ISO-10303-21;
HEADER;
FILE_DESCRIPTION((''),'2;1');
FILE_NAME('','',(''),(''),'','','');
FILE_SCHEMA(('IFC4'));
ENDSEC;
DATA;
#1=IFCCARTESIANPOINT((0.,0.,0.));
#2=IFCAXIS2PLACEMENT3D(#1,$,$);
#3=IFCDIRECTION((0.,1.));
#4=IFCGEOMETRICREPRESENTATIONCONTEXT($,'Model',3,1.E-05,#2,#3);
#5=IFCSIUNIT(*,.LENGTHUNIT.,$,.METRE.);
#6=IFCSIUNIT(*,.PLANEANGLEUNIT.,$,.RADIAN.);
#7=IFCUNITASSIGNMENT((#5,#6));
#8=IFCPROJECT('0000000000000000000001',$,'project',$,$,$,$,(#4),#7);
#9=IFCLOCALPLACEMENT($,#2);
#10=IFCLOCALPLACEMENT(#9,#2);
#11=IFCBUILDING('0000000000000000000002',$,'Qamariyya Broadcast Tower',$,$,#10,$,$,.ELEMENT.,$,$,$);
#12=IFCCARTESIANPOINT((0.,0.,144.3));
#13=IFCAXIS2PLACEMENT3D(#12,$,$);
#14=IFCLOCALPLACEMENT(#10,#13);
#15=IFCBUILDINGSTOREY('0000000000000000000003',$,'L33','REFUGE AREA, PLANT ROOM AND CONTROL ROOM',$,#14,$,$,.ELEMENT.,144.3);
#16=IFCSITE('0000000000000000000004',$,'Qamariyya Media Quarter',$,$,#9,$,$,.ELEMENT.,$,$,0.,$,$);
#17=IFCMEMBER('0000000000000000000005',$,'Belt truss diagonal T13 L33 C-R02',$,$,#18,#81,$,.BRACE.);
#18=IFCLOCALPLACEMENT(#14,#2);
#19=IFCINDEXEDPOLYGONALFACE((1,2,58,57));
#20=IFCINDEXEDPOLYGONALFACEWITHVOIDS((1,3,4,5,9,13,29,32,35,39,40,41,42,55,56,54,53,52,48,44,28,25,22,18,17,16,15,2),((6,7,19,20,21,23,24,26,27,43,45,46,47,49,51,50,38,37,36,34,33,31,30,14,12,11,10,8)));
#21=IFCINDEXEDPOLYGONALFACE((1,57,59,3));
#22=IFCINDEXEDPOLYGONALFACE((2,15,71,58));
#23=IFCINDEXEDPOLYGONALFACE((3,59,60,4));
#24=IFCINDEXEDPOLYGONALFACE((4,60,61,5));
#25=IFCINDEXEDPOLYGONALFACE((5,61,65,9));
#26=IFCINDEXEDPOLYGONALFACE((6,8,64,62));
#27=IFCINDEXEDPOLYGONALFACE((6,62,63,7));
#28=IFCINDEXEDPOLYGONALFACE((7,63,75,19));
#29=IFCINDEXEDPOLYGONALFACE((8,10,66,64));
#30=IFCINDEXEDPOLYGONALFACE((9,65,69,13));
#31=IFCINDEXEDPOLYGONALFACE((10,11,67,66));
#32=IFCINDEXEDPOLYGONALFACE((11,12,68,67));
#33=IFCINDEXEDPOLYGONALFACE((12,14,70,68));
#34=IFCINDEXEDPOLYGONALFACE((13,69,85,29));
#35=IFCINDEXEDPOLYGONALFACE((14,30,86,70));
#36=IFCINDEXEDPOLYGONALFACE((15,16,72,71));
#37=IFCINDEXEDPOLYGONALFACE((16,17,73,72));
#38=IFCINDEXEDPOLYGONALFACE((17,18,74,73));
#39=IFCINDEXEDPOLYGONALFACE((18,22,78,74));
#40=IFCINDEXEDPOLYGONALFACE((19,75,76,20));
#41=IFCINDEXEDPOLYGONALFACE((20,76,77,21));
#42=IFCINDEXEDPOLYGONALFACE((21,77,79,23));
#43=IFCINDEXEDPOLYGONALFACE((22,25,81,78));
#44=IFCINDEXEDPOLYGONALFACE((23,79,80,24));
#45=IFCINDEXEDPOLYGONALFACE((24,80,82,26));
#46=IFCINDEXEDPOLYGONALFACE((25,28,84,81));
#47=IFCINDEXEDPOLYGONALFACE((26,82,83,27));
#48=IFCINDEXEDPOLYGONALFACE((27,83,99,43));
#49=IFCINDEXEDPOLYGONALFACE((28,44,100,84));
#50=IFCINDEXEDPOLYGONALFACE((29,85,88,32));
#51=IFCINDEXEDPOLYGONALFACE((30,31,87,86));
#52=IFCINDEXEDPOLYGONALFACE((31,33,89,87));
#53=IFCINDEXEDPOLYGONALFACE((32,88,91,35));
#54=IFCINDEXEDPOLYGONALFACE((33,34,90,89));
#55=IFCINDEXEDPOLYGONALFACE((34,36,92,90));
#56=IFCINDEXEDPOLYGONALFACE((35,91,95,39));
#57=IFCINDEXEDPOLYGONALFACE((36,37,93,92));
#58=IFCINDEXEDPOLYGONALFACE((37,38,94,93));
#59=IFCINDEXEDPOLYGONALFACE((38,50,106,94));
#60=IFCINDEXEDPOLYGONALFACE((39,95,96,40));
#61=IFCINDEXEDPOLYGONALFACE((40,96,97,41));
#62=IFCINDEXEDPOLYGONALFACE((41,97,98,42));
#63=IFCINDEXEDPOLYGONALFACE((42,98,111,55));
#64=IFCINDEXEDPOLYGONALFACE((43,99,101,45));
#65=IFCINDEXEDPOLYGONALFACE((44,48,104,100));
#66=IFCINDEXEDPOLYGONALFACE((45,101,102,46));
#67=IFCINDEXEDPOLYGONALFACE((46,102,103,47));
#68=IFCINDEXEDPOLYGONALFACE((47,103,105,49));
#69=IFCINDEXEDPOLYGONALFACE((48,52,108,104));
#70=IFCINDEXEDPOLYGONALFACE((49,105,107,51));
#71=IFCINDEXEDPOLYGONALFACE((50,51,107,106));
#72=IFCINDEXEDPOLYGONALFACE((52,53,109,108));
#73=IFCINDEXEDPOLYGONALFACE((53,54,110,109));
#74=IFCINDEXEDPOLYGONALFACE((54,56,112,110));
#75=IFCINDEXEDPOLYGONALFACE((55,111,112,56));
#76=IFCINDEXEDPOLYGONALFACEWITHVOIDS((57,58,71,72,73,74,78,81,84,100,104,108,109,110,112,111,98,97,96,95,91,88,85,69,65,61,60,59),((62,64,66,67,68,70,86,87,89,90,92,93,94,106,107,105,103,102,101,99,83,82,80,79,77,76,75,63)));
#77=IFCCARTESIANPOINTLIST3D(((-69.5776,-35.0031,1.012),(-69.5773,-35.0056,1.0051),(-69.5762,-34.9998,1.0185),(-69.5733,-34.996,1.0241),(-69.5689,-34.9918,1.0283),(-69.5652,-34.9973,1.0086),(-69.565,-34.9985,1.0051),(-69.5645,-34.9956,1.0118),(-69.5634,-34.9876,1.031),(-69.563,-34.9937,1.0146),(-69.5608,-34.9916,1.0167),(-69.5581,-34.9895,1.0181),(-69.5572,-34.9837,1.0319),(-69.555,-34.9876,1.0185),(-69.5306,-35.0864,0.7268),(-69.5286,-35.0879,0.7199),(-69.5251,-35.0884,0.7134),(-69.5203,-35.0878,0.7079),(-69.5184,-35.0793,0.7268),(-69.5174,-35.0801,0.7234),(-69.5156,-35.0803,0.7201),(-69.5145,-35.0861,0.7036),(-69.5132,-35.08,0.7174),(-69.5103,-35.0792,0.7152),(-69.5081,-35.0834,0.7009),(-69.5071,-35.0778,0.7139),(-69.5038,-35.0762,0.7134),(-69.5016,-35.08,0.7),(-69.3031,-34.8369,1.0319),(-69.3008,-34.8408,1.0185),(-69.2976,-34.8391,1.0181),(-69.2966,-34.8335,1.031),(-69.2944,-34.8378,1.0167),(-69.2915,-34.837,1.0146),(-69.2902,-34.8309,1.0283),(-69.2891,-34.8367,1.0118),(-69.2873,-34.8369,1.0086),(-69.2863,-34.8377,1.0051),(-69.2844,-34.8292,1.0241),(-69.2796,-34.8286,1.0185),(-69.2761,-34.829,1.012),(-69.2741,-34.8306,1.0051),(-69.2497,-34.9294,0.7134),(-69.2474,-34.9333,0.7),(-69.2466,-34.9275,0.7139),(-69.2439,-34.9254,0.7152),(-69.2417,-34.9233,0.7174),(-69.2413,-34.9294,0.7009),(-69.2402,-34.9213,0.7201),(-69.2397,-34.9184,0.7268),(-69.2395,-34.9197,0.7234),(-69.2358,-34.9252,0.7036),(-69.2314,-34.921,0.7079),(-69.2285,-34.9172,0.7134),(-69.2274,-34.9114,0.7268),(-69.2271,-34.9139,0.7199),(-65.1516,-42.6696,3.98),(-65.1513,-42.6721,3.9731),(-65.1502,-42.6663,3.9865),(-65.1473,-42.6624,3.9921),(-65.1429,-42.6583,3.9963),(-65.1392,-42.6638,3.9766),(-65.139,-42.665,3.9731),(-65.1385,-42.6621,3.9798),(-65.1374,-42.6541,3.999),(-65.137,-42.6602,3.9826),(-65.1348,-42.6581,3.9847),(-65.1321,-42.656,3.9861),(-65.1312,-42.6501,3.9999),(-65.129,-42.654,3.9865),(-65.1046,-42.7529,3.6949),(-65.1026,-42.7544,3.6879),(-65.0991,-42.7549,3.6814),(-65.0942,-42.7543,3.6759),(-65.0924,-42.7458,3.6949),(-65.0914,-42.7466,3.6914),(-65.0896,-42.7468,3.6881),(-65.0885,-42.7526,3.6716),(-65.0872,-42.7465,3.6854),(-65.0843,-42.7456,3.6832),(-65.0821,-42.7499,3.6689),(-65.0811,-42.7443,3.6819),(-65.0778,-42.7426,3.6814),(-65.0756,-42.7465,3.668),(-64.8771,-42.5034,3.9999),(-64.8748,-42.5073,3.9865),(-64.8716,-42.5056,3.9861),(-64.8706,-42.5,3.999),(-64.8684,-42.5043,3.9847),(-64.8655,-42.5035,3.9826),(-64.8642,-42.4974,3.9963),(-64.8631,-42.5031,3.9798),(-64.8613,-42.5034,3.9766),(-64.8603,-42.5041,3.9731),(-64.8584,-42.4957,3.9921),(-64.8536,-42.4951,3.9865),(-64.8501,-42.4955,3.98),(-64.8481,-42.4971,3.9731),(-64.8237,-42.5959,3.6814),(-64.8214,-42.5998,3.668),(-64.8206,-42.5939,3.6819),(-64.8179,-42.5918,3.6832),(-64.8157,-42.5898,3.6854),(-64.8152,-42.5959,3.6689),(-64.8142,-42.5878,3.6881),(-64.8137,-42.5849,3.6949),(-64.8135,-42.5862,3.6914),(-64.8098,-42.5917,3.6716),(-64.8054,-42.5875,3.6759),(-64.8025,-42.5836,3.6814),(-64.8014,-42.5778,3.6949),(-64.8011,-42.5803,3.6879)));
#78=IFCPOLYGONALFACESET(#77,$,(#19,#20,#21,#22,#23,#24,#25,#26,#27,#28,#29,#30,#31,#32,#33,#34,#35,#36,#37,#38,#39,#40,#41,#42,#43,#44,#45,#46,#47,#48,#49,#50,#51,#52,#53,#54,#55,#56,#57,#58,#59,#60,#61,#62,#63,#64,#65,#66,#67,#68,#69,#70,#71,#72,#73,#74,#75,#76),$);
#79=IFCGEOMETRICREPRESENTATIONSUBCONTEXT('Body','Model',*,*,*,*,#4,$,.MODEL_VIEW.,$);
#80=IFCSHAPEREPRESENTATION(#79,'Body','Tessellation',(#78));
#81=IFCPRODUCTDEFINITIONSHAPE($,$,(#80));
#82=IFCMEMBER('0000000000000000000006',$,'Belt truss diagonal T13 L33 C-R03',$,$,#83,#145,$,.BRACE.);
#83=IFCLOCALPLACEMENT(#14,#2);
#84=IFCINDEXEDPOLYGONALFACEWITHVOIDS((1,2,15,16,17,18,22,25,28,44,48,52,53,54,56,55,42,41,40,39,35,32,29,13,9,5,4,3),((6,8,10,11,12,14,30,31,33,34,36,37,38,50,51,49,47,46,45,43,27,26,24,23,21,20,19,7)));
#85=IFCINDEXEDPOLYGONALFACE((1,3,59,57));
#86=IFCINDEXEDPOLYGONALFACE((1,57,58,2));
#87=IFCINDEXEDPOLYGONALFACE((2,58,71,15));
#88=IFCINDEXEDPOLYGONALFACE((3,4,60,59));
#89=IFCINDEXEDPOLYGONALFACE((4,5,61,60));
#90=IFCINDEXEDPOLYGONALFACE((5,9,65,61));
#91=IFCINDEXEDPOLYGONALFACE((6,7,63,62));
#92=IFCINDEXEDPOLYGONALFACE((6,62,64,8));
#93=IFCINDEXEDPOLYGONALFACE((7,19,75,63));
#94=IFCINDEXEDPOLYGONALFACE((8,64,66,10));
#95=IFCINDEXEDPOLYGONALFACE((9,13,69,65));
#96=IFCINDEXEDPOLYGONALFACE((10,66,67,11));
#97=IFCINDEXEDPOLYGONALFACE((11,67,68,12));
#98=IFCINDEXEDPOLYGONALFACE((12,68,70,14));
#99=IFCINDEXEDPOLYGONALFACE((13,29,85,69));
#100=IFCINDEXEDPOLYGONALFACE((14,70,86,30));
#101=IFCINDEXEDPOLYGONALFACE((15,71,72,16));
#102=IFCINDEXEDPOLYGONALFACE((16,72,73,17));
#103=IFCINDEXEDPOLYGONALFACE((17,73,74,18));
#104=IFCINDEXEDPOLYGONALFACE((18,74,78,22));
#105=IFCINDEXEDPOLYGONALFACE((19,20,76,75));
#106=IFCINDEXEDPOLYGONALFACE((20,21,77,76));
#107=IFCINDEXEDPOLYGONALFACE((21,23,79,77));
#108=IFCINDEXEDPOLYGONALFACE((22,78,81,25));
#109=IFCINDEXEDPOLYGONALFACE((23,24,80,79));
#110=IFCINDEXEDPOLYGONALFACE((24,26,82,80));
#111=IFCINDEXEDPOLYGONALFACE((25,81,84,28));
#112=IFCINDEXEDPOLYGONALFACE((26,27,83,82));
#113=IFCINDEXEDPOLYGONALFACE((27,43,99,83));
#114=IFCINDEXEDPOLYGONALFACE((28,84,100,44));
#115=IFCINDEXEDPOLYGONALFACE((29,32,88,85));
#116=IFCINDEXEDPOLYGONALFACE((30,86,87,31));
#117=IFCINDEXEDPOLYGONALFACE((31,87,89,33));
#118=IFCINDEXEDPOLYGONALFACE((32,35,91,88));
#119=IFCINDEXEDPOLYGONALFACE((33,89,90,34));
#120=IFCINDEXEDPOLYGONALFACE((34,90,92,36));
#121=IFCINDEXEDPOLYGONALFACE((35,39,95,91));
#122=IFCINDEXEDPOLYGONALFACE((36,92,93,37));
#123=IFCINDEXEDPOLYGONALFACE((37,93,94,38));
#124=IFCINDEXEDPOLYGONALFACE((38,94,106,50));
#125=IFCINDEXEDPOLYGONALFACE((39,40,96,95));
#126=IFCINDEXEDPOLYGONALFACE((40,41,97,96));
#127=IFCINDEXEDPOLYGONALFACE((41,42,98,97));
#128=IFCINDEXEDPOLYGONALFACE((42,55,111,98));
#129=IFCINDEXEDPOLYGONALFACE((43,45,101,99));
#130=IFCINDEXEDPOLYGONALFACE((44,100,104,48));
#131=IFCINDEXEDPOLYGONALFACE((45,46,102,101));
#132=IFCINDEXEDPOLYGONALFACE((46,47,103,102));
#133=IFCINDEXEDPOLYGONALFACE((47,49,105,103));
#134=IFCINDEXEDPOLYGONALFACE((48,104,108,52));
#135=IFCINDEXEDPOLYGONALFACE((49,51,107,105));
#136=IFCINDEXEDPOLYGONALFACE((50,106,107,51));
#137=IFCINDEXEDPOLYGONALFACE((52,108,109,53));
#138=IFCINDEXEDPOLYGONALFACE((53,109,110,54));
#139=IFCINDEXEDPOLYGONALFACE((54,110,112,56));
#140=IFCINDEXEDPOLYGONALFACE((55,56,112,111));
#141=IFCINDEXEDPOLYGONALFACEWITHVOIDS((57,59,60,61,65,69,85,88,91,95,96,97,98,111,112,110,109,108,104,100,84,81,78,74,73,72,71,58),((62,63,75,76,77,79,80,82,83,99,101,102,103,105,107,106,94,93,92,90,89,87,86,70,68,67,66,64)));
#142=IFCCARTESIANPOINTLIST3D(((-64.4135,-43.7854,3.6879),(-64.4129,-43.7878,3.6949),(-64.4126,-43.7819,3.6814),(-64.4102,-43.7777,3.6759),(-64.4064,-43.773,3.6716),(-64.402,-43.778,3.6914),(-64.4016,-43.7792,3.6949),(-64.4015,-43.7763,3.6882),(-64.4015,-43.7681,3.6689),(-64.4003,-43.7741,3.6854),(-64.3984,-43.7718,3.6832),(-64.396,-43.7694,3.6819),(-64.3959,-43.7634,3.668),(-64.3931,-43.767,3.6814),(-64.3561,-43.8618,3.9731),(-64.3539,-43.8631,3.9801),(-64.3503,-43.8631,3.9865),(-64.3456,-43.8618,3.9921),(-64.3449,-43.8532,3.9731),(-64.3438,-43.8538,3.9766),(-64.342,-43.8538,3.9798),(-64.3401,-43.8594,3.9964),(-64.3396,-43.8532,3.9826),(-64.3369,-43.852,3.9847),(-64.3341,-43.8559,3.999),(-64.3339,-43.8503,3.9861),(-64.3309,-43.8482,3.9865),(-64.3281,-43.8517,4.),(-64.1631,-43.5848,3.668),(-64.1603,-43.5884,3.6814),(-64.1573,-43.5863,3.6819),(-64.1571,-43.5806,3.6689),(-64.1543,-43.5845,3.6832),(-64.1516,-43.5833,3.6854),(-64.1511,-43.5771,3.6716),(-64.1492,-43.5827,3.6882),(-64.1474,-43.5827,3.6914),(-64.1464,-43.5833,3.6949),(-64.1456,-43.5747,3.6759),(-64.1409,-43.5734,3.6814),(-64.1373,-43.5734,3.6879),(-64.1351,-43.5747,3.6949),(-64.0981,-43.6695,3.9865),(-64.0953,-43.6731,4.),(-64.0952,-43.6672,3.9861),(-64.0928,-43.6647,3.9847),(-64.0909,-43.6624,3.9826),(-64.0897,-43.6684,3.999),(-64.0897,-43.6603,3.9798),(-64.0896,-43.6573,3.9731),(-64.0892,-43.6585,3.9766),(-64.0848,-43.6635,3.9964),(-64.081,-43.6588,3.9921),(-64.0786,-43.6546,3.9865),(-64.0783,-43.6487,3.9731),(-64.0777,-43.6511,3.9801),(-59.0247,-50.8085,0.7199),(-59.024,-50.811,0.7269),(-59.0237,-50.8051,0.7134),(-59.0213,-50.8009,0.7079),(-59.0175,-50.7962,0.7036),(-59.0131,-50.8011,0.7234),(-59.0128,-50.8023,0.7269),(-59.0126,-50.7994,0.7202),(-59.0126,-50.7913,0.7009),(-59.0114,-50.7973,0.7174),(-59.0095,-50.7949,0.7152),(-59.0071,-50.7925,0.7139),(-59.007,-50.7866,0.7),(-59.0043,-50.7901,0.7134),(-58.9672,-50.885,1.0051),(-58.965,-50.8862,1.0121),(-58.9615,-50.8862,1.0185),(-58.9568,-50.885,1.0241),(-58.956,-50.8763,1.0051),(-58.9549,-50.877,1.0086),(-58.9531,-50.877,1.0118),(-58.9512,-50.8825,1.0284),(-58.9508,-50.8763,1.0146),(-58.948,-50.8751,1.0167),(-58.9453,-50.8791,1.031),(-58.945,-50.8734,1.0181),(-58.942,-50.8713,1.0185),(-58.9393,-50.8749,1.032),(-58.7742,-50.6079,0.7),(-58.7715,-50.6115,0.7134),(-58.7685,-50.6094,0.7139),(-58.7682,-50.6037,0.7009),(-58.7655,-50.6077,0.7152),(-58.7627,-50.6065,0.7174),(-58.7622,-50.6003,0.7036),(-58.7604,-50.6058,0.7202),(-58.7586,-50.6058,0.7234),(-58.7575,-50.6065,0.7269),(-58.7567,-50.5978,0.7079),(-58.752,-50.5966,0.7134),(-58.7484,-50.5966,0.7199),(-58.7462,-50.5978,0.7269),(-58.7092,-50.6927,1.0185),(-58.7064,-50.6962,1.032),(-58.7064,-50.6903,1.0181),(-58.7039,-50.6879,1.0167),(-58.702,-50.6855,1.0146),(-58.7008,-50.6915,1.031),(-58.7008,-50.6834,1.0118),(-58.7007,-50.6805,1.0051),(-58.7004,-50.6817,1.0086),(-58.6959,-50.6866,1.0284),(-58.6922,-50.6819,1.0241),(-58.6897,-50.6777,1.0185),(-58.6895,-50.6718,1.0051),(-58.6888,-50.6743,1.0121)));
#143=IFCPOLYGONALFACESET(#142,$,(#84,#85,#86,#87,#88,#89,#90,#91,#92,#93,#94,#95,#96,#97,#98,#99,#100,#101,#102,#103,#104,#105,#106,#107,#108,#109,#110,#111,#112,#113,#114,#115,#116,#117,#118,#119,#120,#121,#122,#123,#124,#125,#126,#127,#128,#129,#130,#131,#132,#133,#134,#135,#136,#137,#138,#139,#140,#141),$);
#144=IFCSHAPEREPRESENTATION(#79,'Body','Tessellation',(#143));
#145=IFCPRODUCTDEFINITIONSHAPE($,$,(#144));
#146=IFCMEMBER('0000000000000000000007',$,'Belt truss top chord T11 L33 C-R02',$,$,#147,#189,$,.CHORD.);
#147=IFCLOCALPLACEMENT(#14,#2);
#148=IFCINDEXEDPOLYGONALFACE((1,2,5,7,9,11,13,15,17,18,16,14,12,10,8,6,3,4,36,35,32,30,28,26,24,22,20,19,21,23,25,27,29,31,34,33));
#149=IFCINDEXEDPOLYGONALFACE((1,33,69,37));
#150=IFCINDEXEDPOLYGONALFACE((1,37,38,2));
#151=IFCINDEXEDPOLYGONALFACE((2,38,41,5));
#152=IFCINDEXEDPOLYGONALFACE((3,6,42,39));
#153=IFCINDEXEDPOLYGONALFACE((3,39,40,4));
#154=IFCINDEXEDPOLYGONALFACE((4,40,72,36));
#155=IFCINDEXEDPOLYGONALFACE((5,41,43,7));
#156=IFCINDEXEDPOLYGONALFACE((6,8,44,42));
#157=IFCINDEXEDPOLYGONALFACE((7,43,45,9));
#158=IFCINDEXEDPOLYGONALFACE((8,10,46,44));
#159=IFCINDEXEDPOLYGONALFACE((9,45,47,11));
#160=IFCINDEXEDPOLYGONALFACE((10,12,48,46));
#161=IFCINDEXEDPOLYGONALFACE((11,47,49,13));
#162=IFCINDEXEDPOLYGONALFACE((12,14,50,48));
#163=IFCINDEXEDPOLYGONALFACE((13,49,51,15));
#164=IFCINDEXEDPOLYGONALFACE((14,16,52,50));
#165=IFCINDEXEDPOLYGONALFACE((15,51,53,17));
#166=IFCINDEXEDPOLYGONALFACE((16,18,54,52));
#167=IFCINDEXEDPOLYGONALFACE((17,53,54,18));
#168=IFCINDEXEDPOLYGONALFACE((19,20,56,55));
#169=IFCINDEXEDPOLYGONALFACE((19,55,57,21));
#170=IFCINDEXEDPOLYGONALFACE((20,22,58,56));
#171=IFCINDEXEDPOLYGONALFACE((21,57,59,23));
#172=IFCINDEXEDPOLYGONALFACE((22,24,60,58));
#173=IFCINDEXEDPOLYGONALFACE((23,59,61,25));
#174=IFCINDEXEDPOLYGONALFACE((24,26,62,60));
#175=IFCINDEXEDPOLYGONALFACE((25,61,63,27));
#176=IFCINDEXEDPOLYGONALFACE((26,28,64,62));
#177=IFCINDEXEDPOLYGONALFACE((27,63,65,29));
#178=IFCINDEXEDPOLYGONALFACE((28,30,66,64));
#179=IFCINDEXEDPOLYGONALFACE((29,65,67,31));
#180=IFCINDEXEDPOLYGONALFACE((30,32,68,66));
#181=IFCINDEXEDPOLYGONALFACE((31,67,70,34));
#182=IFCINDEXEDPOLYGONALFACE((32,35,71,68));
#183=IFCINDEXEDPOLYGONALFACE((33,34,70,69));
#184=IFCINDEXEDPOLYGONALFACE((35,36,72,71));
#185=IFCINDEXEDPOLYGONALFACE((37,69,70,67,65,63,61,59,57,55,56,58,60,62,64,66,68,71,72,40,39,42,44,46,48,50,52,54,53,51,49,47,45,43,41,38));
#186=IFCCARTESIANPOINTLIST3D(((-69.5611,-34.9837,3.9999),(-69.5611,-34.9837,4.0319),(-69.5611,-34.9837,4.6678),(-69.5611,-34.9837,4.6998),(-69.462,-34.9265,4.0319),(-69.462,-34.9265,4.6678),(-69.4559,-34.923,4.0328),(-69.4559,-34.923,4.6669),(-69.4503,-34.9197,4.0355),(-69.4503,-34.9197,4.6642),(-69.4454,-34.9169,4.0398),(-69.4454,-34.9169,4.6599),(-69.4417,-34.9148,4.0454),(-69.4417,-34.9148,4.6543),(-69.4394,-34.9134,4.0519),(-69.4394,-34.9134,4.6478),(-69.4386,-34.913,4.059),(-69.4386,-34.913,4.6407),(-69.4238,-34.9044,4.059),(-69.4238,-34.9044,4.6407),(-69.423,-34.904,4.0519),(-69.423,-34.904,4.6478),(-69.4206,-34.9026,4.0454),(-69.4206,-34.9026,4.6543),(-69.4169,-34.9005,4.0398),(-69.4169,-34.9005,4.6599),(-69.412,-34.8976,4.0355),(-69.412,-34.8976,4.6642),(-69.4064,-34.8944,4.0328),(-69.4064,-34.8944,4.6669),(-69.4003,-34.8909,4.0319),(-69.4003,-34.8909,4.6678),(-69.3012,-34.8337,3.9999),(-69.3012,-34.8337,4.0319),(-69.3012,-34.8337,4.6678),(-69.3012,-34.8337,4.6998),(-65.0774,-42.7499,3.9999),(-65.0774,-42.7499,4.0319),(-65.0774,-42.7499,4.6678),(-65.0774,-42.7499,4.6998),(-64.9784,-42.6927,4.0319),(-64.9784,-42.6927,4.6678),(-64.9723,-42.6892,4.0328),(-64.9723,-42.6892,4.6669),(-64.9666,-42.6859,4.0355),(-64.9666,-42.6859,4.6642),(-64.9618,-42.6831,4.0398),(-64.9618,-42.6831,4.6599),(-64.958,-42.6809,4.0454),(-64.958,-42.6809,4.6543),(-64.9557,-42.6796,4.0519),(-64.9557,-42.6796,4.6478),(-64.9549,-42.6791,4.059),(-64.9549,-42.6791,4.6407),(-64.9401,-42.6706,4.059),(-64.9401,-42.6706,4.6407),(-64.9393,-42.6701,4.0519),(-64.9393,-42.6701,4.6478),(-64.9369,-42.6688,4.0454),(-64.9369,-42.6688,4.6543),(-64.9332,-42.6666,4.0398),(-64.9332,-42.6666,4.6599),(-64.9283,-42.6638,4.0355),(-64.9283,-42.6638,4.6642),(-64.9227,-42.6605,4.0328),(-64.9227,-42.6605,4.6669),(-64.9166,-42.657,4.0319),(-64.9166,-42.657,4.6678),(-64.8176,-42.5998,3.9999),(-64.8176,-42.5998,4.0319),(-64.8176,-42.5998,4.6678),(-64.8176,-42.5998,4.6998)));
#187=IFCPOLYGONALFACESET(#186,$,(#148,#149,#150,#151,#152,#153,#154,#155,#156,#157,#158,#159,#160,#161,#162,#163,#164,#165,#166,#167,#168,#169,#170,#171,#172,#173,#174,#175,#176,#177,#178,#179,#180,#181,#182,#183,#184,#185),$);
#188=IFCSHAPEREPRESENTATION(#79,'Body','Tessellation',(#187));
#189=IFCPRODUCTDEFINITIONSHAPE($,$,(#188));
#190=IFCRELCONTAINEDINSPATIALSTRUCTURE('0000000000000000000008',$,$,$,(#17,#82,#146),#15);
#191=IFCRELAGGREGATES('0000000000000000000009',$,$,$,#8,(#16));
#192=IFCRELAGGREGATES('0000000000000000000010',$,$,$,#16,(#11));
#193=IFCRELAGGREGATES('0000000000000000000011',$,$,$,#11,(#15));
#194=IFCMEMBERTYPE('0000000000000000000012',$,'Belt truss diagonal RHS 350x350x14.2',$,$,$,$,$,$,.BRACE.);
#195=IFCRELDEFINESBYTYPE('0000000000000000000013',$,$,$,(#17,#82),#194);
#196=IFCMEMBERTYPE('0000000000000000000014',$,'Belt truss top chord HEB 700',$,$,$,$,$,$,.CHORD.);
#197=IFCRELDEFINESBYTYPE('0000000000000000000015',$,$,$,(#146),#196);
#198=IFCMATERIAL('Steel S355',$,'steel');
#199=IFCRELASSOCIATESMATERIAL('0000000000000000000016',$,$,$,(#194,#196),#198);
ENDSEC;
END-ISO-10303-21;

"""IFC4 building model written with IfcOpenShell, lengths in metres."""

from ifc_helpers import new_model, si_unit, direction, frame, origin, origin_2d, place, context, subcontext, project, spatial, hollow_rectangle, i_section, extrude, material, material_profile, profile_set, type_object, element, save


model = new_model("IFC4")

# Units and contexts
model_context = context("Model", 3, precision=1e-05, world=origin(), true_north=direction((0.0, 1.0)))
body_context = subcontext(model_context, "Body", "Model", "MODEL_VIEW")
ifc_project = project(units=[si_unit("LENGTHUNIT", "METRE"), si_unit("PLANEANGLEUNIT", "RADIAN")], contexts=[model_context])

# Site, building, storey
site_placement = place(None, origin())
site = spatial("IfcSite", under=ifc_project, at=site_placement, Name="Qamariyya Media Quarter", CompositionType="ELEMENT", RefElevation=0.0)
building_placement = place(site_placement, origin())
building = spatial("IfcBuilding", under=site, at=building_placement, Name="Qamariyya Broadcast Tower", CompositionType="ELEMENT")
storey_placement = place(building_placement, frame((0.0, 0.0, 144.3)))
storey = spatial("IfcBuildingStorey", under=building, at=storey_placement, Name="L33", Description="REFUGE AREA, PLANT ROOM AND CONTROL ROOM", CompositionType="ELEMENT", Elevation=144.3)

# Members
ifc_material_1 = material(Name="Steel S355", Category="steel")
ifc_material_profile_1 = material_profile(ifc_material_1, hollow_rectangle(XDim=0.3501, YDim=0.3501, WallThickness=0.0142, InnerFilletRadius=0.0142, OuterFilletRadius=0.0283, at=origin_2d()))
ifc_profile_set_1 = profile_set([ifc_material_profile_1], Name="Steel S355")
member_type_1 = type_object("IfcMemberType", Name="Belt truss diagonal RHS 350x350x14.2", PredefinedType="BRACE", material=ifc_profile_set_1)
for number, where, z_axis, x_axis, name in (
    (1, (-69.4023, -34.9585, 0.866), (0.474046, -0.821114, 0.317887), (0.866037, 0.49998, 0.0), "Belt truss diagonal T13 L33 C-R02"),
    (2, (-64.2456, -43.7183, 3.834), (0.577173, -0.75221, -0.317886), (0.793363, 0.608749, 0.0), "Belt truss diagonal T13 L33 C-R03"),
):
    element("IfcMember", number, at=place(storey_placement, frame(where, z_axis=z_axis, x_axis=x_axis)), inside=storey, type_object=member_type_1, Name=name, PredefinedType="BRACE", context=body_context, shape_type="SweptSolid", body=[
        extrude(hollow_rectangle(XDim=0.3501, YDim=0.3501, WallThickness=0.0142, InnerFilletRadius=0.0142, OuterFilletRadius=0.0283, at=origin_2d()), origin(), (0.0, 0.0, 1.0), 9.3367),
    ])
ifc_material_profile_2 = material_profile(ifc_material_1, i_section(OverallWidth=0.3, OverallDepth=0.7, WebThickness=0.0171, FlangeThickness=0.032, FilletRadius=0.0271, at=origin_2d()))
ifc_profile_set_2 = profile_set([ifc_material_profile_2], Name="Steel S355")
member_type_2 = type_object("IfcMemberType", Name="Belt truss top chord HEB 700", PredefinedType="CHORD", material=ifc_profile_set_2)
member_1_placement = place(storey_placement, frame((-69.4312, -34.9087, 4.3499), z_axis=(0.49999, -0.866031, 0.0), x_axis=(0.866031, 0.49999, 0.0)))
element("IfcMember", 3, at=member_1_placement, inside=storey, type_object=member_type_2, Name="Belt truss top chord T11 L33 C-R02", PredefinedType="CHORD", context=body_context, shape_type="SweptSolid", body=[
    extrude(i_section(OverallWidth=0.3, OverallDepth=0.7, WebThickness=0.0171, FlangeThickness=0.032, FilletRadius=0.0271, at=origin_2d()), origin(), (0.0, 0.0, 1.0), 8.9675),
])

save(model, "model.ifc")
